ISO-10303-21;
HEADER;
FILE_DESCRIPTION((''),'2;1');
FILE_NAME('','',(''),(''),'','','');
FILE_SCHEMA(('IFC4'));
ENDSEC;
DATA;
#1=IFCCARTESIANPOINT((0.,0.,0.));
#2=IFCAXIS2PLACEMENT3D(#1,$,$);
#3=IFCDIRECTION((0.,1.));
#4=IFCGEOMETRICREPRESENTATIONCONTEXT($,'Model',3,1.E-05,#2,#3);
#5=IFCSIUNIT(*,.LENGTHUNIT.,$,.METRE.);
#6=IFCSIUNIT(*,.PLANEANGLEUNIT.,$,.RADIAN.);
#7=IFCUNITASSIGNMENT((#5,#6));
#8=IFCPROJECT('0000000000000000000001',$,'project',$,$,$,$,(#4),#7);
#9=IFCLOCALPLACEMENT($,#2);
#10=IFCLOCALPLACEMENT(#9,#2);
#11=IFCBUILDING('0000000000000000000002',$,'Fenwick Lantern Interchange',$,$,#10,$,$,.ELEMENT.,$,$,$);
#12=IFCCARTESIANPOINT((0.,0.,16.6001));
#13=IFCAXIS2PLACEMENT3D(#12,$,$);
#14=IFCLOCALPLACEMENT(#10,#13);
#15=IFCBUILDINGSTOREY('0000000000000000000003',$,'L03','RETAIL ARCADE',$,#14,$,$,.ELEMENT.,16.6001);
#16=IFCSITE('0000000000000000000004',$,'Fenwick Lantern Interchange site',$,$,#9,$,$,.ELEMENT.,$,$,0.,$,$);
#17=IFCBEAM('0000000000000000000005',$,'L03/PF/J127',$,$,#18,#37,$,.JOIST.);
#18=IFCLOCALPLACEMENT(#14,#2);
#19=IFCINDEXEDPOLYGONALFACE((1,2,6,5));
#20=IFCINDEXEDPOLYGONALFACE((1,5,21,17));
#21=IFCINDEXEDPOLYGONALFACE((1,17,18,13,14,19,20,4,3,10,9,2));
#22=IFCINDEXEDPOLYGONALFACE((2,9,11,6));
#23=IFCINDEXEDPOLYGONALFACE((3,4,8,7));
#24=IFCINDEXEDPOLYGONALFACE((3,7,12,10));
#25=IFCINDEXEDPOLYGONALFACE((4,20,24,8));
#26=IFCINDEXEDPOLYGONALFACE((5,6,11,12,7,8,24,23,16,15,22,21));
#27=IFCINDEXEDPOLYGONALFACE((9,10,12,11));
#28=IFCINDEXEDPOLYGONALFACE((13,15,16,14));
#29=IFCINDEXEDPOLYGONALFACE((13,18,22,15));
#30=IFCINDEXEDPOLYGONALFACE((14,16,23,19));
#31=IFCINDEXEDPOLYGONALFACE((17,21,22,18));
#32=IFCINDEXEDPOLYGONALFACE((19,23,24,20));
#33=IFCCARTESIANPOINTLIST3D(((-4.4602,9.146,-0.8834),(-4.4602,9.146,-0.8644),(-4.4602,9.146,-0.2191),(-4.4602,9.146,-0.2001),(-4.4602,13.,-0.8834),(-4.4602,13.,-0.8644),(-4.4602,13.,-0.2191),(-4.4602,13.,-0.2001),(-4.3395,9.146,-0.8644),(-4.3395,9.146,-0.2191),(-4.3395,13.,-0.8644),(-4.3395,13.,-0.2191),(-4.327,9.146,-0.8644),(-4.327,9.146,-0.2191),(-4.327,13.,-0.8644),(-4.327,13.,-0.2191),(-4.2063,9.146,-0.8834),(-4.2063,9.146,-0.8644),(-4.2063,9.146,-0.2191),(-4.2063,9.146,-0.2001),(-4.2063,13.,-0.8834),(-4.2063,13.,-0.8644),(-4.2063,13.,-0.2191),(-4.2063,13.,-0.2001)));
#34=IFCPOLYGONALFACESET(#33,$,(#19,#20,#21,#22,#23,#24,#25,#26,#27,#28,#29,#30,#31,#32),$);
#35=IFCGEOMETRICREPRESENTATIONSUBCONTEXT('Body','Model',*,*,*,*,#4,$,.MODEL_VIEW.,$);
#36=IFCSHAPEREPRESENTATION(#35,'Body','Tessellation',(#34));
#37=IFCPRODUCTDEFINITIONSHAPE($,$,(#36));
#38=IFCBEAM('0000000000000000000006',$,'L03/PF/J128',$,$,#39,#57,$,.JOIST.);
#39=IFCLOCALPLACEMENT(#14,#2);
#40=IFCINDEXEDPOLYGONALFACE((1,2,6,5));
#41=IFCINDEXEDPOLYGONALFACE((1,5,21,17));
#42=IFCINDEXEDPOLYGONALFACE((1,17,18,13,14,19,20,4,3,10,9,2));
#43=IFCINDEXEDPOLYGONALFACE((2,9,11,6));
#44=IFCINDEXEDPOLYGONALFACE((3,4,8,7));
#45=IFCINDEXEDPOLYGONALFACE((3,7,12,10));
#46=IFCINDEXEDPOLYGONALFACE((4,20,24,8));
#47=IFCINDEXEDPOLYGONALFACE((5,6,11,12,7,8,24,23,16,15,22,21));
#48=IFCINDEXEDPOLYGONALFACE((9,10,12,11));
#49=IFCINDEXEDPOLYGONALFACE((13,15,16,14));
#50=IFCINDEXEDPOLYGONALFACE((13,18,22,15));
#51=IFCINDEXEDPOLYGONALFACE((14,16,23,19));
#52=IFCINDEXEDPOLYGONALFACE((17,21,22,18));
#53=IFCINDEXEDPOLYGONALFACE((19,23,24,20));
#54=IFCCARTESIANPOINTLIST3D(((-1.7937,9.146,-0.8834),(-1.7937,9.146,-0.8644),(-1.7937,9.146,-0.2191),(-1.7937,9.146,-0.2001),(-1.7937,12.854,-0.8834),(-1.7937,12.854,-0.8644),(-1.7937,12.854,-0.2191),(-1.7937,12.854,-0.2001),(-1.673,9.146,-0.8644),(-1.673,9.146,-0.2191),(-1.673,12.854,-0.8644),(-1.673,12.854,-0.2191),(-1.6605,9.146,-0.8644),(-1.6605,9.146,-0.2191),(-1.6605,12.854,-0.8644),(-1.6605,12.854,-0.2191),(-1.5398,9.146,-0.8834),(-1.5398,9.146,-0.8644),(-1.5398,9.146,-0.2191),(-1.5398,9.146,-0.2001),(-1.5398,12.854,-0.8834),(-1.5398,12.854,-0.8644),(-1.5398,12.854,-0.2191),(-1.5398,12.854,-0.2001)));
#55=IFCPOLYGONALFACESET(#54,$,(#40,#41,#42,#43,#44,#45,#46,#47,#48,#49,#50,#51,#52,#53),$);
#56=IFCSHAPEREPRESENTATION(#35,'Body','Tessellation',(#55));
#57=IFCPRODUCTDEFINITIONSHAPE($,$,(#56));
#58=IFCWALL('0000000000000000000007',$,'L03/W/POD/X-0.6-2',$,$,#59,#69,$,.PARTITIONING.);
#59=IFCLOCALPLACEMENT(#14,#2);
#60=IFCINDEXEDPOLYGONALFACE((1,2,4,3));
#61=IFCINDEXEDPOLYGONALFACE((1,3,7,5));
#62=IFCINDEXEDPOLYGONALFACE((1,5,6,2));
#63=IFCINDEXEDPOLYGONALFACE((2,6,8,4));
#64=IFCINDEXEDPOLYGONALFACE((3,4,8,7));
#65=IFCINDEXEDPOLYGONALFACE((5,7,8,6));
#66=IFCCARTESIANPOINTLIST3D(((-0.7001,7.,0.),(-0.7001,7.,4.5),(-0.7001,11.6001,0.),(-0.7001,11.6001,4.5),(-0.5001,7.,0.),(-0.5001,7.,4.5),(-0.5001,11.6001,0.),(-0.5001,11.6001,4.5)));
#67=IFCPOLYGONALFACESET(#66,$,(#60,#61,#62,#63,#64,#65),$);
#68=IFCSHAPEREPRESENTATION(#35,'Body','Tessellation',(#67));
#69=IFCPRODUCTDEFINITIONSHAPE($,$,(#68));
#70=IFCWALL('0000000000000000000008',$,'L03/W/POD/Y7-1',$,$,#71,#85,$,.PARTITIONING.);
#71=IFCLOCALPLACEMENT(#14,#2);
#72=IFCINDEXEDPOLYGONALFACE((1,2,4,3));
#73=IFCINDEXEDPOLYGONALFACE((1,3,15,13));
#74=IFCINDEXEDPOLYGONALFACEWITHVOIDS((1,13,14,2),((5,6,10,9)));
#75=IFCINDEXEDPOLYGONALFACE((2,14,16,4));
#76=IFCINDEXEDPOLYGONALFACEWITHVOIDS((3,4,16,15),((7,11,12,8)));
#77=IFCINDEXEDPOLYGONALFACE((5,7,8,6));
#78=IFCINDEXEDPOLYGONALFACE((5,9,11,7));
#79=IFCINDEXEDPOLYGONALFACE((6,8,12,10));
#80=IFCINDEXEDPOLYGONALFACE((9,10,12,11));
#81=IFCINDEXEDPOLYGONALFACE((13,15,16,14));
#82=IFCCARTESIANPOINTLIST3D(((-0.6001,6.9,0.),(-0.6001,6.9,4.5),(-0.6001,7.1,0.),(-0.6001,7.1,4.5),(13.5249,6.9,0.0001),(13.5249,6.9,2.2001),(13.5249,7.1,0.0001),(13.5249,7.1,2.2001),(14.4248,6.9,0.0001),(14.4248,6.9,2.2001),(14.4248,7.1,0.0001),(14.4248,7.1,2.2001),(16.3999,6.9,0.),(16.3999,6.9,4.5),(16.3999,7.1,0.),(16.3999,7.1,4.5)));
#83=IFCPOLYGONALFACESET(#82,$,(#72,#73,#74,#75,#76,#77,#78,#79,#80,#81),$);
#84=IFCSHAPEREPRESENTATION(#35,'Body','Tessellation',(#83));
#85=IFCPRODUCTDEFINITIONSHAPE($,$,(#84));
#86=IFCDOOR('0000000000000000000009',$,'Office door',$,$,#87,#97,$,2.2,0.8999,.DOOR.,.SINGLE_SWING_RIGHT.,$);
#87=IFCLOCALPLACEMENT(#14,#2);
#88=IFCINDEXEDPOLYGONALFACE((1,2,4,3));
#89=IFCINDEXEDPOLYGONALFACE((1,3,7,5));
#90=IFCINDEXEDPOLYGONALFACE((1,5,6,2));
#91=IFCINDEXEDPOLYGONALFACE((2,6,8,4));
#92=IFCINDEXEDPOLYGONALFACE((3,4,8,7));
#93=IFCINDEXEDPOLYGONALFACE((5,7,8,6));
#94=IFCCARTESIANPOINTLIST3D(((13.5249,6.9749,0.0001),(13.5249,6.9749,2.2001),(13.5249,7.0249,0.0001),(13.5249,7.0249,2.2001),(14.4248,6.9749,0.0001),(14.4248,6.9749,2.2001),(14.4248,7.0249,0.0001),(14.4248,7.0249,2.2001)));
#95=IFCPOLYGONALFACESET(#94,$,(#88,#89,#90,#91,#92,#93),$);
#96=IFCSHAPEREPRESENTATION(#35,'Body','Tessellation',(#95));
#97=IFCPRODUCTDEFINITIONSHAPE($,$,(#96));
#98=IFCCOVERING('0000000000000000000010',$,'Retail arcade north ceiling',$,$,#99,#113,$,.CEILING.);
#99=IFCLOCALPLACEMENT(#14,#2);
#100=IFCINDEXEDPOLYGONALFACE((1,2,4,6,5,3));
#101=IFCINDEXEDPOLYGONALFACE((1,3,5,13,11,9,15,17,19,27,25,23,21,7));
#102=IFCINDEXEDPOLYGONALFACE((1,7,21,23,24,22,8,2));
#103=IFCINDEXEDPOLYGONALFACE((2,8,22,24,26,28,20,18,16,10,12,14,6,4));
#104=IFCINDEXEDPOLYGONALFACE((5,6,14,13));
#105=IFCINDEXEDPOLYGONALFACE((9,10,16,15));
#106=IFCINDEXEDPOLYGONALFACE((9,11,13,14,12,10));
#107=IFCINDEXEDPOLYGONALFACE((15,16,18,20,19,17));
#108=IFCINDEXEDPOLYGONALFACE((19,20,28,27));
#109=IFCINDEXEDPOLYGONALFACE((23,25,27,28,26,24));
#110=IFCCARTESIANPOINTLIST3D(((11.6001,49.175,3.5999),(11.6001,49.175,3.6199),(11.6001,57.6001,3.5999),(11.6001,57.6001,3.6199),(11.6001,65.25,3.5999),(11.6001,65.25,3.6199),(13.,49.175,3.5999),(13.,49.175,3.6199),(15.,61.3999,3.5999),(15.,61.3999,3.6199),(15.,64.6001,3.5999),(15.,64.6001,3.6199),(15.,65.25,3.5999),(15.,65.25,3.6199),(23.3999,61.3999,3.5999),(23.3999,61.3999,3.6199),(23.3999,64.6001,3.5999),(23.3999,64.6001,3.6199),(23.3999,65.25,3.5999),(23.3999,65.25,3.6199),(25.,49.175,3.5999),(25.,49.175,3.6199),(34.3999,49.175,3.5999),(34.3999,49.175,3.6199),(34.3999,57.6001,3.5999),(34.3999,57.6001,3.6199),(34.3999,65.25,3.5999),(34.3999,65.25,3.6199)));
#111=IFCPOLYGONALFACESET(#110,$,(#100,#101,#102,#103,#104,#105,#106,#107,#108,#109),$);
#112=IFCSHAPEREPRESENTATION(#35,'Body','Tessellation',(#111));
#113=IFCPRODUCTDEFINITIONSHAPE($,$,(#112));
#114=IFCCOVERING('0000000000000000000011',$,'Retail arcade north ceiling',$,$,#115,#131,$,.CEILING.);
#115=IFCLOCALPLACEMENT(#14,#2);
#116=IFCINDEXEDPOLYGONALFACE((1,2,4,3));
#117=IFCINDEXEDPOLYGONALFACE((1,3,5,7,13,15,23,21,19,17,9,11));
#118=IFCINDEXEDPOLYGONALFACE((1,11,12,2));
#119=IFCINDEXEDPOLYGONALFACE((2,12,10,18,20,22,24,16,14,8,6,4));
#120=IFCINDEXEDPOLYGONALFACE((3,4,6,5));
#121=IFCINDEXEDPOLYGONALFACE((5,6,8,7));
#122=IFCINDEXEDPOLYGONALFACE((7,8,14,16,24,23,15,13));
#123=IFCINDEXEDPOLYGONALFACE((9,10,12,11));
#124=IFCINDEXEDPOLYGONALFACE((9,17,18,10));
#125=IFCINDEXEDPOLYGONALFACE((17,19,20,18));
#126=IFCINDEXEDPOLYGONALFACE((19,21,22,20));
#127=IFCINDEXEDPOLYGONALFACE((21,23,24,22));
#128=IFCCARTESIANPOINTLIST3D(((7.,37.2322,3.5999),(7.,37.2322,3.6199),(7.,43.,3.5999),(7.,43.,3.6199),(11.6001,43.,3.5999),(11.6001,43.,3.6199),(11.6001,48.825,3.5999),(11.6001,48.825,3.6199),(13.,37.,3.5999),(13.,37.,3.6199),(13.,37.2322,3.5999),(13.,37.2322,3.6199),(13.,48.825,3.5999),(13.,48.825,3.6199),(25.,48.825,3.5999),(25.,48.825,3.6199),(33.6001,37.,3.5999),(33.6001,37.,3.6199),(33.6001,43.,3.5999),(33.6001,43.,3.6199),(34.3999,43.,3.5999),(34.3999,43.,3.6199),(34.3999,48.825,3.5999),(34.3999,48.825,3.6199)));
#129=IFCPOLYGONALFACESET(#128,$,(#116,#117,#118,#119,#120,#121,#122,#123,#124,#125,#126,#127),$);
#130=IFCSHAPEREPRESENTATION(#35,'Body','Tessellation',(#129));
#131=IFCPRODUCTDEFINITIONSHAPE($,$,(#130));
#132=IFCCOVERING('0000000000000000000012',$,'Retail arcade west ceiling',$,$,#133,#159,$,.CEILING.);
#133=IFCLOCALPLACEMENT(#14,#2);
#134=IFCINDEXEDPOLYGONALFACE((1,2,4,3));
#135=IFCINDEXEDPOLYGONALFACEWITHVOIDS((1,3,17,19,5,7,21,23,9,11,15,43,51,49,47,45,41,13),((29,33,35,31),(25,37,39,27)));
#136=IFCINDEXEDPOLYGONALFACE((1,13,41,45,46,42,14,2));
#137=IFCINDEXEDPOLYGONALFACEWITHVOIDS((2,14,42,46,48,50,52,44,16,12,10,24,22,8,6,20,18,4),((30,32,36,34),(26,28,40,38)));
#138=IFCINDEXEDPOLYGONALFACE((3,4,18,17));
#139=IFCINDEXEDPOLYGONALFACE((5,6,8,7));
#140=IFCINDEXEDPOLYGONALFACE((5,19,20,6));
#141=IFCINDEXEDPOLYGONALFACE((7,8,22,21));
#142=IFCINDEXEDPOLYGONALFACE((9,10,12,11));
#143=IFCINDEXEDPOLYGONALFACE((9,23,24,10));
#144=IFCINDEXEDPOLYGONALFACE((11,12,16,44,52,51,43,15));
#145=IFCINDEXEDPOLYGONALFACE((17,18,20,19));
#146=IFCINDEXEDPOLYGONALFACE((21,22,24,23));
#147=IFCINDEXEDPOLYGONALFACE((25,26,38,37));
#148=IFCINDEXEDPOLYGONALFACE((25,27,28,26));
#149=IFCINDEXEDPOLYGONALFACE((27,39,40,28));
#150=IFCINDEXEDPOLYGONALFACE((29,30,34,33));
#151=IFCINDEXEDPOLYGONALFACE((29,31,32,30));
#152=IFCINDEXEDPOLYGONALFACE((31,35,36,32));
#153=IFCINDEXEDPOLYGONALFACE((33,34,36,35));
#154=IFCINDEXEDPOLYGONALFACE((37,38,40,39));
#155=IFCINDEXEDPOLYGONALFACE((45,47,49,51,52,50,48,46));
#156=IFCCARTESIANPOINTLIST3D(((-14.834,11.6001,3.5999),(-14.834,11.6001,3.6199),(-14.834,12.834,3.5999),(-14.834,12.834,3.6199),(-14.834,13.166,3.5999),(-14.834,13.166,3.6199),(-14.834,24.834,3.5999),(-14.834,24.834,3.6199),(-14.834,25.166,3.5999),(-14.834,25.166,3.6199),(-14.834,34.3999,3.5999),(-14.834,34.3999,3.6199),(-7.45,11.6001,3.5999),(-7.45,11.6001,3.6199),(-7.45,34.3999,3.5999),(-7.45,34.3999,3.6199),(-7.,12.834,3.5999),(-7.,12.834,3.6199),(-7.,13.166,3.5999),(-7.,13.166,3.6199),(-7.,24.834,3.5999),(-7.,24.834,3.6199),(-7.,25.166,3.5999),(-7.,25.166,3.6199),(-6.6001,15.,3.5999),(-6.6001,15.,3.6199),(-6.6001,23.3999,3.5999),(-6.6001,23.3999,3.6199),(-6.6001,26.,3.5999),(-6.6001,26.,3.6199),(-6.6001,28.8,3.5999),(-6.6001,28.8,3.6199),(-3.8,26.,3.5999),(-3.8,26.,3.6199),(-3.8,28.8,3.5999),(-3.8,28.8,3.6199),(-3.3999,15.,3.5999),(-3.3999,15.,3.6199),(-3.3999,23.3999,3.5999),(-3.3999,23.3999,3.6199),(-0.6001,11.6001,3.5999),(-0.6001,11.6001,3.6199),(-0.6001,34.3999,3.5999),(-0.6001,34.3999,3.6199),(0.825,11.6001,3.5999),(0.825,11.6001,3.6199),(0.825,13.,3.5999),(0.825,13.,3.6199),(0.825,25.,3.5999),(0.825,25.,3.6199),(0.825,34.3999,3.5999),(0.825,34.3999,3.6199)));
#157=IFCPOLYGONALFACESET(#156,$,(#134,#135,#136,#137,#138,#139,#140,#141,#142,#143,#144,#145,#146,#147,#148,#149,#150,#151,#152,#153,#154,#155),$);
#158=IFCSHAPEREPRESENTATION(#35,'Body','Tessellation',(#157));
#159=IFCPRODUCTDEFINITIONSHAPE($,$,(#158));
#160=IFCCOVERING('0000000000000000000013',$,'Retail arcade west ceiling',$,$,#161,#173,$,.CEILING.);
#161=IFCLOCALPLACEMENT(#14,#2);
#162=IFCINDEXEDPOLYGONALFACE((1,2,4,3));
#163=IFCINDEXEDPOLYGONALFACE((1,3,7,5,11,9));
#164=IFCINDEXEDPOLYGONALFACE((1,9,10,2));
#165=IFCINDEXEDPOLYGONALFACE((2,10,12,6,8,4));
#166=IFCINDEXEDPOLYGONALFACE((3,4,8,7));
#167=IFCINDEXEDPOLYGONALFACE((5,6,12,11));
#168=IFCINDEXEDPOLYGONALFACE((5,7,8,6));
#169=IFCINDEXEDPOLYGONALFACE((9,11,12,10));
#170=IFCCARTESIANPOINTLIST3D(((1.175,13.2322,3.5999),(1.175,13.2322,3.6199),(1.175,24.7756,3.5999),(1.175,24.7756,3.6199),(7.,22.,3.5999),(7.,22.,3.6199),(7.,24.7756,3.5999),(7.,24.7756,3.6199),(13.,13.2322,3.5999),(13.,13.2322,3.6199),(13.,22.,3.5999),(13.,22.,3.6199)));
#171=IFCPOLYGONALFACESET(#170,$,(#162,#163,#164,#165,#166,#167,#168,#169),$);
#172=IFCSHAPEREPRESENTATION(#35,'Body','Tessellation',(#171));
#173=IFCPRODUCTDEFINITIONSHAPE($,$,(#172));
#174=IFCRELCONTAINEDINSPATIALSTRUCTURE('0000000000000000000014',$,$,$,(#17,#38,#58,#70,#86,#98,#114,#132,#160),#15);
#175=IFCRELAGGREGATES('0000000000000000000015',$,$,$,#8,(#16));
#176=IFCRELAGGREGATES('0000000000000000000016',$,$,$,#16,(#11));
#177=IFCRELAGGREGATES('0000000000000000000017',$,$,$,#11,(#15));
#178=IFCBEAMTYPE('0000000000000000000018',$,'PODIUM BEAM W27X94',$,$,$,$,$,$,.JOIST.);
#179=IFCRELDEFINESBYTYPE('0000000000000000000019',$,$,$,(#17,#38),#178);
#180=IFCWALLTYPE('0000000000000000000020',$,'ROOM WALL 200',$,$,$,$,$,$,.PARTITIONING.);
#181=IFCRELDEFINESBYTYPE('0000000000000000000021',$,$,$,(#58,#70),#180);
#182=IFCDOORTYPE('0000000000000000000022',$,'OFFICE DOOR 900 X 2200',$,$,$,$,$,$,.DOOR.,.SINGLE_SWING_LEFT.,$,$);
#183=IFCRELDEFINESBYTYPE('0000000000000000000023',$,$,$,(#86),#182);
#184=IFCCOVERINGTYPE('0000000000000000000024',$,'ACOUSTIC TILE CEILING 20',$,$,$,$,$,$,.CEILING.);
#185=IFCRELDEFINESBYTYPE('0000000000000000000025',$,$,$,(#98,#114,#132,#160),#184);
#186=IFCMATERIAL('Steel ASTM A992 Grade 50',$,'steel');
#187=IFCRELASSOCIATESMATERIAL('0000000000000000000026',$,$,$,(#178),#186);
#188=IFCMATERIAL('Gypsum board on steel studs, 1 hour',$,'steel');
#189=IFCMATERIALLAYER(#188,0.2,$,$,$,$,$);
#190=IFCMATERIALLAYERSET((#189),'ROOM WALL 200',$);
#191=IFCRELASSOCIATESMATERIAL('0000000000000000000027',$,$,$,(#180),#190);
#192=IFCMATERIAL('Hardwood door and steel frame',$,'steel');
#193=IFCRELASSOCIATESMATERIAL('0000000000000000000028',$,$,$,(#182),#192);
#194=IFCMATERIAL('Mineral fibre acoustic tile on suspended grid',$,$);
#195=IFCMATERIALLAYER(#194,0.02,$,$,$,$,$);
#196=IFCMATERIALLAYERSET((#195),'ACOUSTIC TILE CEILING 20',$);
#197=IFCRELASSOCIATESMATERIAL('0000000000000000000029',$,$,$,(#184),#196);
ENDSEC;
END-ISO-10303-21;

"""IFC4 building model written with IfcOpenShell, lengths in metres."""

from ifc_helpers import new_model, si_unit, direction, frame, frame_2d, origin, origin_2d, place, context, subcontext, project, spatial, polyline, rectangle, i_section, outline, extrude, material, layer, layer_set, material_profile, profile_set, type_object, element, fill, save


model = new_model("IFC4")

# Units and contexts
model_context = context("Model", 3, precision=1e-05, world=origin(), true_north=direction((0.0, 1.0)))
body_context = subcontext(model_context, "Body", "Model", "MODEL_VIEW")
ifc_project = project(units=[si_unit("LENGTHUNIT", "METRE"), si_unit("PLANEANGLEUNIT", "RADIAN")], contexts=[model_context])

# Site, building, storey
site_placement = place(None, origin())
site = spatial("IfcSite", under=ifc_project, at=site_placement, Name="Fenwick Lantern Interchange site", CompositionType="ELEMENT", RefElevation=0.0)
building_placement = place(site_placement, origin())
building = spatial("IfcBuilding", under=site, at=building_placement, Name="Fenwick Lantern Interchange", CompositionType="ELEMENT")
storey_placement = place(building_placement, frame((0.0, 0.0, 16.6001)))
storey = spatial("IfcBuildingStorey", under=building, at=storey_placement, Name="L03", Description="RETAIL ARCADE", CompositionType="ELEMENT", Elevation=16.6001)

# Shared definitions
ifc_material_1 = material(Name="Steel ASTM A992 Grade 50", Category="steel")

# Beams
ifc_material_profile_1 = material_profile(ifc_material_1, i_section(OverallWidth=0.2539, OverallDepth=0.6833, WebThickness=0.0125, FlangeThickness=0.019, at=origin_2d()), Name="W27X94")
ifc_profile_set_1 = profile_set([ifc_material_profile_1], Name="Steel ASTM A992 Grade 50")
beam_type_1 = type_object("IfcBeamType", Name="PODIUM BEAM W27X94", PredefinedType="JOIST", material=ifc_profile_set_1)
beam_1_placement = place(storey_placement, frame((-4.3333, 9.146, -0.5417), z_axis=(0.0, 1.0, 0.0), x_axis=(-1.0, 0.0, 0.0)))
element("IfcBeam", 1, at=beam_1_placement, inside=storey, type_object=beam_type_1, Name="L03/PF/J127", PredefinedType="JOIST", context=body_context, shape_type="SweptSolid", body=[
    extrude(i_section(OverallWidth=0.2539, OverallDepth=0.6833, WebThickness=0.0125, FlangeThickness=0.019, at=origin_2d()), origin(), (0.0, 0.0, 1.0), 3.854),
])
beam_2_placement = place(storey_placement, frame((-1.6667, 9.146, -0.5417), z_axis=(0.0, 1.0, 0.0), x_axis=(-1.0, 0.0, 0.0)))
element("IfcBeam", 2, at=beam_2_placement, inside=storey, type_object=beam_type_1, Name="L03/PF/J128", PredefinedType="JOIST", context=body_context, shape_type="SweptSolid", body=[
    extrude(i_section(OverallWidth=0.2539, OverallDepth=0.6833, WebThickness=0.0125, FlangeThickness=0.019, at=origin_2d()), origin(), (0.0, 0.0, 1.0), 3.708),
])

# Wall
ifc_material_2 = material(Name="Gypsum board on steel studs, 1 hour", Category="steel")
ifc_layer_1 = layer(ifc_material_2, 0.2)
ifc_layer_set_1 = layer_set([ifc_layer_1], Name="ROOM WALL 200")
wall_type = type_object("IfcWallType", Name="ROOM WALL 200", PredefinedType="PARTITIONING", material=ifc_layer_set_1)
wall_1_placement = place(storey_placement, frame((-0.6001, 7.0, 0.0), z_axis=(0.0, 0.0, 1.0), x_axis=(0.0, 1.0, 0.0)))
element("IfcWall", 3, at=wall_1_placement, inside=storey, type_object=wall_type, Name="L03/W/POD/X-0.6-2", PredefinedType="PARTITIONING", context=body_context, shape_type="SweptSolid", body=[
    extrude(rectangle(XDim=4.6001, YDim=0.2, at=frame_2d((2.3, 0.0))), origin(), (0.0, 0.0, 1.0), 4.5),
])

# Wall, opening, door
wall_2_placement = place(storey_placement, frame((-0.6001, 7.0, 0.0), z_axis=(0.0, 0.0, 1.0), x_axis=(1.0, 0.0, 0.0)))
wall_2 = element("IfcWall", 4, at=wall_2_placement, inside=storey, type_object=wall_type, Name="L03/W/POD/Y7-1", PredefinedType="PARTITIONING", context=body_context, shape_type="SweptSolid", body=[
    extrude(rectangle(XDim=17.0, YDim=0.2, at=frame_2d((8.5, 0.0))), origin(), (0.0, 0.0, 1.0), 4.5),
])
opening_placement = place(wall_2_placement, frame((14.125, 0.0, 0.0)))
opening = element("IfcOpeningElement", 5, at=opening_placement, cuts=wall_2, PredefinedType="OPENING", context=body_context, shape_type="SweptSolid", body=[
    extrude(rectangle(XDim=0.8999, YDim=2.2, at=frame_2d((0.45, 1.1001))), frame((0.0, 0.1099, 0.0), z_axis=(0.0, -1.0, 0.0), x_axis=(1.0, 0.0, 0.0)), (0.0, 0.0, 1.0), 0.22),
])
ifc_material_3 = material(Name="Hardwood door and steel frame", Category="steel")
door_type = type_object("IfcDoorType", Name="OFFICE DOOR 900 X 2200", OperationType="SINGLE_SWING_LEFT", PredefinedType="DOOR", material=ifc_material_3)
door_placement = place(opening_placement, origin())
door = element("IfcDoor", 6, at=door_placement, inside=storey, type_object=door_type, Name="Office door", OperationType="SINGLE_SWING_RIGHT", OverallHeight=2.2, OverallWidth=0.8999, PredefinedType="DOOR", context=body_context, shape_type="SweptSolid", body=[
    extrude(rectangle(XDim=0.8999, YDim=2.2, at=frame_2d((0.45, 1.1001))), frame((0.0, 0.0249, 0.0), z_axis=(0.0, -1.0, 0.0), x_axis=(1.0, 0.0, 0.0)), (0.0, 0.0, 1.0), 0.05),
])
fill(opening, door)

# Coverings
ifc_material_4 = material(Name="Mineral fibre acoustic tile on suspended grid")
ifc_layer_2 = layer(ifc_material_4, 0.02)
ifc_layer_set_2 = layer_set([ifc_layer_2], Name="ACOUSTIC TILE CEILING 20")
covering_type_1 = type_object("IfcCoveringType", Name="ACOUSTIC TILE CEILING 20", PredefinedType="CEILING", material=ifc_layer_set_2)
covering_1_placement = place(storey_placement, frame((0.0, 0.0, 3.5999)))
element("IfcCovering", 7, at=covering_1_placement, inside=storey, type_object=covering_type_1, Name="Retail arcade north ceiling", PredefinedType="CEILING", context=body_context, shape_type="SweptSolid", body=[
    extrude(outline(polyline([(34.3999, 57.6001), (34.3999, 65.25), (23.3999, 65.25), (23.3999, 64.6001), (23.3999, 61.3999), (15.0, 61.3999), (15.0, 64.6001), (15.0, 65.25), (11.6001, 65.25), (11.6001, 57.6001), (11.6001, 49.175), (13.0, 49.175), (25.0, 49.175), (34.3999, 49.175), (34.3999, 57.6001)])), origin(), (0.0, 0.0, 1.0), 0.02),
])
covering_2_placement = place(storey_placement, frame((0.0, 0.0, 3.5999)))
element("IfcCovering", 8, at=covering_2_placement, inside=storey, type_object=covering_type_1, Name="Retail arcade north ceiling", PredefinedType="CEILING", context=body_context, shape_type="SweptSolid", body=[
    extrude(outline(polyline([(34.3999, 43.0), (34.3999, 48.825), (25.0, 48.825), (13.0, 48.825), (11.6001, 48.825), (11.6001, 43.0), (7.0, 43.0), (7.0, 37.2322), (13.0, 37.2322), (13.0, 37.0), (33.6001, 37.0), (33.6001, 43.0), (34.3999, 43.0)])), origin(), (0.0, 0.0, 1.0), 0.02),
])
covering_3_placement = place(storey_placement, frame((0.0, 0.0, 3.5999)))
element("IfcCovering", 9, at=covering_3_placement, inside=storey, type_object=covering_type_1, Name="Retail arcade west ceiling", PredefinedType="CEILING", context=body_context, shape_type="SweptSolid", body=[
    extrude(outline(polyline([(-7.45, 34.3999), (-14.834, 34.3999), (-14.834, 25.166), (-7.0, 25.166), (-7.0, 24.834), (-14.834, 24.834), (-14.834, 13.166), (-7.0, 13.166), (-7.0, 12.834), (-14.834, 12.834), (-14.834, 11.6001), (-7.45, 11.6001), (-0.6001, 11.6001), (0.825, 11.6001), (0.825, 13.0), (0.825, 25.0), (0.825, 34.3999), (-0.6001, 34.3999), (-7.45, 34.3999)]), holes=[polyline([(-3.3999, 23.3999), (-3.3999, 15.0), (-6.6001, 15.0), (-6.6001, 23.3999), (-3.3999, 23.3999)]), polyline([(-3.8, 26.0), (-6.6001, 26.0), (-6.6001, 28.8), (-3.8, 28.8), (-3.8, 26.0)])]), origin(), (0.0, 0.0, 1.0), 0.02),
])
covering_4_placement = place(storey_placement, frame((0.0, 0.0, 3.5999)))
element("IfcCovering", 10, at=covering_4_placement, inside=storey, type_object=covering_type_1, Name="Retail arcade west ceiling", PredefinedType="CEILING", context=body_context, shape_type="SweptSolid", body=[
    extrude(outline(polyline([(7.0, 22.0), (7.0, 24.7756), (1.175, 24.7756), (1.175, 13.2322), (13.0, 13.2322), (13.0, 22.0), (7.0, 22.0)])), origin(), (0.0, 0.0, 1.0), 0.02),
])

save(model, "model.ifc")
